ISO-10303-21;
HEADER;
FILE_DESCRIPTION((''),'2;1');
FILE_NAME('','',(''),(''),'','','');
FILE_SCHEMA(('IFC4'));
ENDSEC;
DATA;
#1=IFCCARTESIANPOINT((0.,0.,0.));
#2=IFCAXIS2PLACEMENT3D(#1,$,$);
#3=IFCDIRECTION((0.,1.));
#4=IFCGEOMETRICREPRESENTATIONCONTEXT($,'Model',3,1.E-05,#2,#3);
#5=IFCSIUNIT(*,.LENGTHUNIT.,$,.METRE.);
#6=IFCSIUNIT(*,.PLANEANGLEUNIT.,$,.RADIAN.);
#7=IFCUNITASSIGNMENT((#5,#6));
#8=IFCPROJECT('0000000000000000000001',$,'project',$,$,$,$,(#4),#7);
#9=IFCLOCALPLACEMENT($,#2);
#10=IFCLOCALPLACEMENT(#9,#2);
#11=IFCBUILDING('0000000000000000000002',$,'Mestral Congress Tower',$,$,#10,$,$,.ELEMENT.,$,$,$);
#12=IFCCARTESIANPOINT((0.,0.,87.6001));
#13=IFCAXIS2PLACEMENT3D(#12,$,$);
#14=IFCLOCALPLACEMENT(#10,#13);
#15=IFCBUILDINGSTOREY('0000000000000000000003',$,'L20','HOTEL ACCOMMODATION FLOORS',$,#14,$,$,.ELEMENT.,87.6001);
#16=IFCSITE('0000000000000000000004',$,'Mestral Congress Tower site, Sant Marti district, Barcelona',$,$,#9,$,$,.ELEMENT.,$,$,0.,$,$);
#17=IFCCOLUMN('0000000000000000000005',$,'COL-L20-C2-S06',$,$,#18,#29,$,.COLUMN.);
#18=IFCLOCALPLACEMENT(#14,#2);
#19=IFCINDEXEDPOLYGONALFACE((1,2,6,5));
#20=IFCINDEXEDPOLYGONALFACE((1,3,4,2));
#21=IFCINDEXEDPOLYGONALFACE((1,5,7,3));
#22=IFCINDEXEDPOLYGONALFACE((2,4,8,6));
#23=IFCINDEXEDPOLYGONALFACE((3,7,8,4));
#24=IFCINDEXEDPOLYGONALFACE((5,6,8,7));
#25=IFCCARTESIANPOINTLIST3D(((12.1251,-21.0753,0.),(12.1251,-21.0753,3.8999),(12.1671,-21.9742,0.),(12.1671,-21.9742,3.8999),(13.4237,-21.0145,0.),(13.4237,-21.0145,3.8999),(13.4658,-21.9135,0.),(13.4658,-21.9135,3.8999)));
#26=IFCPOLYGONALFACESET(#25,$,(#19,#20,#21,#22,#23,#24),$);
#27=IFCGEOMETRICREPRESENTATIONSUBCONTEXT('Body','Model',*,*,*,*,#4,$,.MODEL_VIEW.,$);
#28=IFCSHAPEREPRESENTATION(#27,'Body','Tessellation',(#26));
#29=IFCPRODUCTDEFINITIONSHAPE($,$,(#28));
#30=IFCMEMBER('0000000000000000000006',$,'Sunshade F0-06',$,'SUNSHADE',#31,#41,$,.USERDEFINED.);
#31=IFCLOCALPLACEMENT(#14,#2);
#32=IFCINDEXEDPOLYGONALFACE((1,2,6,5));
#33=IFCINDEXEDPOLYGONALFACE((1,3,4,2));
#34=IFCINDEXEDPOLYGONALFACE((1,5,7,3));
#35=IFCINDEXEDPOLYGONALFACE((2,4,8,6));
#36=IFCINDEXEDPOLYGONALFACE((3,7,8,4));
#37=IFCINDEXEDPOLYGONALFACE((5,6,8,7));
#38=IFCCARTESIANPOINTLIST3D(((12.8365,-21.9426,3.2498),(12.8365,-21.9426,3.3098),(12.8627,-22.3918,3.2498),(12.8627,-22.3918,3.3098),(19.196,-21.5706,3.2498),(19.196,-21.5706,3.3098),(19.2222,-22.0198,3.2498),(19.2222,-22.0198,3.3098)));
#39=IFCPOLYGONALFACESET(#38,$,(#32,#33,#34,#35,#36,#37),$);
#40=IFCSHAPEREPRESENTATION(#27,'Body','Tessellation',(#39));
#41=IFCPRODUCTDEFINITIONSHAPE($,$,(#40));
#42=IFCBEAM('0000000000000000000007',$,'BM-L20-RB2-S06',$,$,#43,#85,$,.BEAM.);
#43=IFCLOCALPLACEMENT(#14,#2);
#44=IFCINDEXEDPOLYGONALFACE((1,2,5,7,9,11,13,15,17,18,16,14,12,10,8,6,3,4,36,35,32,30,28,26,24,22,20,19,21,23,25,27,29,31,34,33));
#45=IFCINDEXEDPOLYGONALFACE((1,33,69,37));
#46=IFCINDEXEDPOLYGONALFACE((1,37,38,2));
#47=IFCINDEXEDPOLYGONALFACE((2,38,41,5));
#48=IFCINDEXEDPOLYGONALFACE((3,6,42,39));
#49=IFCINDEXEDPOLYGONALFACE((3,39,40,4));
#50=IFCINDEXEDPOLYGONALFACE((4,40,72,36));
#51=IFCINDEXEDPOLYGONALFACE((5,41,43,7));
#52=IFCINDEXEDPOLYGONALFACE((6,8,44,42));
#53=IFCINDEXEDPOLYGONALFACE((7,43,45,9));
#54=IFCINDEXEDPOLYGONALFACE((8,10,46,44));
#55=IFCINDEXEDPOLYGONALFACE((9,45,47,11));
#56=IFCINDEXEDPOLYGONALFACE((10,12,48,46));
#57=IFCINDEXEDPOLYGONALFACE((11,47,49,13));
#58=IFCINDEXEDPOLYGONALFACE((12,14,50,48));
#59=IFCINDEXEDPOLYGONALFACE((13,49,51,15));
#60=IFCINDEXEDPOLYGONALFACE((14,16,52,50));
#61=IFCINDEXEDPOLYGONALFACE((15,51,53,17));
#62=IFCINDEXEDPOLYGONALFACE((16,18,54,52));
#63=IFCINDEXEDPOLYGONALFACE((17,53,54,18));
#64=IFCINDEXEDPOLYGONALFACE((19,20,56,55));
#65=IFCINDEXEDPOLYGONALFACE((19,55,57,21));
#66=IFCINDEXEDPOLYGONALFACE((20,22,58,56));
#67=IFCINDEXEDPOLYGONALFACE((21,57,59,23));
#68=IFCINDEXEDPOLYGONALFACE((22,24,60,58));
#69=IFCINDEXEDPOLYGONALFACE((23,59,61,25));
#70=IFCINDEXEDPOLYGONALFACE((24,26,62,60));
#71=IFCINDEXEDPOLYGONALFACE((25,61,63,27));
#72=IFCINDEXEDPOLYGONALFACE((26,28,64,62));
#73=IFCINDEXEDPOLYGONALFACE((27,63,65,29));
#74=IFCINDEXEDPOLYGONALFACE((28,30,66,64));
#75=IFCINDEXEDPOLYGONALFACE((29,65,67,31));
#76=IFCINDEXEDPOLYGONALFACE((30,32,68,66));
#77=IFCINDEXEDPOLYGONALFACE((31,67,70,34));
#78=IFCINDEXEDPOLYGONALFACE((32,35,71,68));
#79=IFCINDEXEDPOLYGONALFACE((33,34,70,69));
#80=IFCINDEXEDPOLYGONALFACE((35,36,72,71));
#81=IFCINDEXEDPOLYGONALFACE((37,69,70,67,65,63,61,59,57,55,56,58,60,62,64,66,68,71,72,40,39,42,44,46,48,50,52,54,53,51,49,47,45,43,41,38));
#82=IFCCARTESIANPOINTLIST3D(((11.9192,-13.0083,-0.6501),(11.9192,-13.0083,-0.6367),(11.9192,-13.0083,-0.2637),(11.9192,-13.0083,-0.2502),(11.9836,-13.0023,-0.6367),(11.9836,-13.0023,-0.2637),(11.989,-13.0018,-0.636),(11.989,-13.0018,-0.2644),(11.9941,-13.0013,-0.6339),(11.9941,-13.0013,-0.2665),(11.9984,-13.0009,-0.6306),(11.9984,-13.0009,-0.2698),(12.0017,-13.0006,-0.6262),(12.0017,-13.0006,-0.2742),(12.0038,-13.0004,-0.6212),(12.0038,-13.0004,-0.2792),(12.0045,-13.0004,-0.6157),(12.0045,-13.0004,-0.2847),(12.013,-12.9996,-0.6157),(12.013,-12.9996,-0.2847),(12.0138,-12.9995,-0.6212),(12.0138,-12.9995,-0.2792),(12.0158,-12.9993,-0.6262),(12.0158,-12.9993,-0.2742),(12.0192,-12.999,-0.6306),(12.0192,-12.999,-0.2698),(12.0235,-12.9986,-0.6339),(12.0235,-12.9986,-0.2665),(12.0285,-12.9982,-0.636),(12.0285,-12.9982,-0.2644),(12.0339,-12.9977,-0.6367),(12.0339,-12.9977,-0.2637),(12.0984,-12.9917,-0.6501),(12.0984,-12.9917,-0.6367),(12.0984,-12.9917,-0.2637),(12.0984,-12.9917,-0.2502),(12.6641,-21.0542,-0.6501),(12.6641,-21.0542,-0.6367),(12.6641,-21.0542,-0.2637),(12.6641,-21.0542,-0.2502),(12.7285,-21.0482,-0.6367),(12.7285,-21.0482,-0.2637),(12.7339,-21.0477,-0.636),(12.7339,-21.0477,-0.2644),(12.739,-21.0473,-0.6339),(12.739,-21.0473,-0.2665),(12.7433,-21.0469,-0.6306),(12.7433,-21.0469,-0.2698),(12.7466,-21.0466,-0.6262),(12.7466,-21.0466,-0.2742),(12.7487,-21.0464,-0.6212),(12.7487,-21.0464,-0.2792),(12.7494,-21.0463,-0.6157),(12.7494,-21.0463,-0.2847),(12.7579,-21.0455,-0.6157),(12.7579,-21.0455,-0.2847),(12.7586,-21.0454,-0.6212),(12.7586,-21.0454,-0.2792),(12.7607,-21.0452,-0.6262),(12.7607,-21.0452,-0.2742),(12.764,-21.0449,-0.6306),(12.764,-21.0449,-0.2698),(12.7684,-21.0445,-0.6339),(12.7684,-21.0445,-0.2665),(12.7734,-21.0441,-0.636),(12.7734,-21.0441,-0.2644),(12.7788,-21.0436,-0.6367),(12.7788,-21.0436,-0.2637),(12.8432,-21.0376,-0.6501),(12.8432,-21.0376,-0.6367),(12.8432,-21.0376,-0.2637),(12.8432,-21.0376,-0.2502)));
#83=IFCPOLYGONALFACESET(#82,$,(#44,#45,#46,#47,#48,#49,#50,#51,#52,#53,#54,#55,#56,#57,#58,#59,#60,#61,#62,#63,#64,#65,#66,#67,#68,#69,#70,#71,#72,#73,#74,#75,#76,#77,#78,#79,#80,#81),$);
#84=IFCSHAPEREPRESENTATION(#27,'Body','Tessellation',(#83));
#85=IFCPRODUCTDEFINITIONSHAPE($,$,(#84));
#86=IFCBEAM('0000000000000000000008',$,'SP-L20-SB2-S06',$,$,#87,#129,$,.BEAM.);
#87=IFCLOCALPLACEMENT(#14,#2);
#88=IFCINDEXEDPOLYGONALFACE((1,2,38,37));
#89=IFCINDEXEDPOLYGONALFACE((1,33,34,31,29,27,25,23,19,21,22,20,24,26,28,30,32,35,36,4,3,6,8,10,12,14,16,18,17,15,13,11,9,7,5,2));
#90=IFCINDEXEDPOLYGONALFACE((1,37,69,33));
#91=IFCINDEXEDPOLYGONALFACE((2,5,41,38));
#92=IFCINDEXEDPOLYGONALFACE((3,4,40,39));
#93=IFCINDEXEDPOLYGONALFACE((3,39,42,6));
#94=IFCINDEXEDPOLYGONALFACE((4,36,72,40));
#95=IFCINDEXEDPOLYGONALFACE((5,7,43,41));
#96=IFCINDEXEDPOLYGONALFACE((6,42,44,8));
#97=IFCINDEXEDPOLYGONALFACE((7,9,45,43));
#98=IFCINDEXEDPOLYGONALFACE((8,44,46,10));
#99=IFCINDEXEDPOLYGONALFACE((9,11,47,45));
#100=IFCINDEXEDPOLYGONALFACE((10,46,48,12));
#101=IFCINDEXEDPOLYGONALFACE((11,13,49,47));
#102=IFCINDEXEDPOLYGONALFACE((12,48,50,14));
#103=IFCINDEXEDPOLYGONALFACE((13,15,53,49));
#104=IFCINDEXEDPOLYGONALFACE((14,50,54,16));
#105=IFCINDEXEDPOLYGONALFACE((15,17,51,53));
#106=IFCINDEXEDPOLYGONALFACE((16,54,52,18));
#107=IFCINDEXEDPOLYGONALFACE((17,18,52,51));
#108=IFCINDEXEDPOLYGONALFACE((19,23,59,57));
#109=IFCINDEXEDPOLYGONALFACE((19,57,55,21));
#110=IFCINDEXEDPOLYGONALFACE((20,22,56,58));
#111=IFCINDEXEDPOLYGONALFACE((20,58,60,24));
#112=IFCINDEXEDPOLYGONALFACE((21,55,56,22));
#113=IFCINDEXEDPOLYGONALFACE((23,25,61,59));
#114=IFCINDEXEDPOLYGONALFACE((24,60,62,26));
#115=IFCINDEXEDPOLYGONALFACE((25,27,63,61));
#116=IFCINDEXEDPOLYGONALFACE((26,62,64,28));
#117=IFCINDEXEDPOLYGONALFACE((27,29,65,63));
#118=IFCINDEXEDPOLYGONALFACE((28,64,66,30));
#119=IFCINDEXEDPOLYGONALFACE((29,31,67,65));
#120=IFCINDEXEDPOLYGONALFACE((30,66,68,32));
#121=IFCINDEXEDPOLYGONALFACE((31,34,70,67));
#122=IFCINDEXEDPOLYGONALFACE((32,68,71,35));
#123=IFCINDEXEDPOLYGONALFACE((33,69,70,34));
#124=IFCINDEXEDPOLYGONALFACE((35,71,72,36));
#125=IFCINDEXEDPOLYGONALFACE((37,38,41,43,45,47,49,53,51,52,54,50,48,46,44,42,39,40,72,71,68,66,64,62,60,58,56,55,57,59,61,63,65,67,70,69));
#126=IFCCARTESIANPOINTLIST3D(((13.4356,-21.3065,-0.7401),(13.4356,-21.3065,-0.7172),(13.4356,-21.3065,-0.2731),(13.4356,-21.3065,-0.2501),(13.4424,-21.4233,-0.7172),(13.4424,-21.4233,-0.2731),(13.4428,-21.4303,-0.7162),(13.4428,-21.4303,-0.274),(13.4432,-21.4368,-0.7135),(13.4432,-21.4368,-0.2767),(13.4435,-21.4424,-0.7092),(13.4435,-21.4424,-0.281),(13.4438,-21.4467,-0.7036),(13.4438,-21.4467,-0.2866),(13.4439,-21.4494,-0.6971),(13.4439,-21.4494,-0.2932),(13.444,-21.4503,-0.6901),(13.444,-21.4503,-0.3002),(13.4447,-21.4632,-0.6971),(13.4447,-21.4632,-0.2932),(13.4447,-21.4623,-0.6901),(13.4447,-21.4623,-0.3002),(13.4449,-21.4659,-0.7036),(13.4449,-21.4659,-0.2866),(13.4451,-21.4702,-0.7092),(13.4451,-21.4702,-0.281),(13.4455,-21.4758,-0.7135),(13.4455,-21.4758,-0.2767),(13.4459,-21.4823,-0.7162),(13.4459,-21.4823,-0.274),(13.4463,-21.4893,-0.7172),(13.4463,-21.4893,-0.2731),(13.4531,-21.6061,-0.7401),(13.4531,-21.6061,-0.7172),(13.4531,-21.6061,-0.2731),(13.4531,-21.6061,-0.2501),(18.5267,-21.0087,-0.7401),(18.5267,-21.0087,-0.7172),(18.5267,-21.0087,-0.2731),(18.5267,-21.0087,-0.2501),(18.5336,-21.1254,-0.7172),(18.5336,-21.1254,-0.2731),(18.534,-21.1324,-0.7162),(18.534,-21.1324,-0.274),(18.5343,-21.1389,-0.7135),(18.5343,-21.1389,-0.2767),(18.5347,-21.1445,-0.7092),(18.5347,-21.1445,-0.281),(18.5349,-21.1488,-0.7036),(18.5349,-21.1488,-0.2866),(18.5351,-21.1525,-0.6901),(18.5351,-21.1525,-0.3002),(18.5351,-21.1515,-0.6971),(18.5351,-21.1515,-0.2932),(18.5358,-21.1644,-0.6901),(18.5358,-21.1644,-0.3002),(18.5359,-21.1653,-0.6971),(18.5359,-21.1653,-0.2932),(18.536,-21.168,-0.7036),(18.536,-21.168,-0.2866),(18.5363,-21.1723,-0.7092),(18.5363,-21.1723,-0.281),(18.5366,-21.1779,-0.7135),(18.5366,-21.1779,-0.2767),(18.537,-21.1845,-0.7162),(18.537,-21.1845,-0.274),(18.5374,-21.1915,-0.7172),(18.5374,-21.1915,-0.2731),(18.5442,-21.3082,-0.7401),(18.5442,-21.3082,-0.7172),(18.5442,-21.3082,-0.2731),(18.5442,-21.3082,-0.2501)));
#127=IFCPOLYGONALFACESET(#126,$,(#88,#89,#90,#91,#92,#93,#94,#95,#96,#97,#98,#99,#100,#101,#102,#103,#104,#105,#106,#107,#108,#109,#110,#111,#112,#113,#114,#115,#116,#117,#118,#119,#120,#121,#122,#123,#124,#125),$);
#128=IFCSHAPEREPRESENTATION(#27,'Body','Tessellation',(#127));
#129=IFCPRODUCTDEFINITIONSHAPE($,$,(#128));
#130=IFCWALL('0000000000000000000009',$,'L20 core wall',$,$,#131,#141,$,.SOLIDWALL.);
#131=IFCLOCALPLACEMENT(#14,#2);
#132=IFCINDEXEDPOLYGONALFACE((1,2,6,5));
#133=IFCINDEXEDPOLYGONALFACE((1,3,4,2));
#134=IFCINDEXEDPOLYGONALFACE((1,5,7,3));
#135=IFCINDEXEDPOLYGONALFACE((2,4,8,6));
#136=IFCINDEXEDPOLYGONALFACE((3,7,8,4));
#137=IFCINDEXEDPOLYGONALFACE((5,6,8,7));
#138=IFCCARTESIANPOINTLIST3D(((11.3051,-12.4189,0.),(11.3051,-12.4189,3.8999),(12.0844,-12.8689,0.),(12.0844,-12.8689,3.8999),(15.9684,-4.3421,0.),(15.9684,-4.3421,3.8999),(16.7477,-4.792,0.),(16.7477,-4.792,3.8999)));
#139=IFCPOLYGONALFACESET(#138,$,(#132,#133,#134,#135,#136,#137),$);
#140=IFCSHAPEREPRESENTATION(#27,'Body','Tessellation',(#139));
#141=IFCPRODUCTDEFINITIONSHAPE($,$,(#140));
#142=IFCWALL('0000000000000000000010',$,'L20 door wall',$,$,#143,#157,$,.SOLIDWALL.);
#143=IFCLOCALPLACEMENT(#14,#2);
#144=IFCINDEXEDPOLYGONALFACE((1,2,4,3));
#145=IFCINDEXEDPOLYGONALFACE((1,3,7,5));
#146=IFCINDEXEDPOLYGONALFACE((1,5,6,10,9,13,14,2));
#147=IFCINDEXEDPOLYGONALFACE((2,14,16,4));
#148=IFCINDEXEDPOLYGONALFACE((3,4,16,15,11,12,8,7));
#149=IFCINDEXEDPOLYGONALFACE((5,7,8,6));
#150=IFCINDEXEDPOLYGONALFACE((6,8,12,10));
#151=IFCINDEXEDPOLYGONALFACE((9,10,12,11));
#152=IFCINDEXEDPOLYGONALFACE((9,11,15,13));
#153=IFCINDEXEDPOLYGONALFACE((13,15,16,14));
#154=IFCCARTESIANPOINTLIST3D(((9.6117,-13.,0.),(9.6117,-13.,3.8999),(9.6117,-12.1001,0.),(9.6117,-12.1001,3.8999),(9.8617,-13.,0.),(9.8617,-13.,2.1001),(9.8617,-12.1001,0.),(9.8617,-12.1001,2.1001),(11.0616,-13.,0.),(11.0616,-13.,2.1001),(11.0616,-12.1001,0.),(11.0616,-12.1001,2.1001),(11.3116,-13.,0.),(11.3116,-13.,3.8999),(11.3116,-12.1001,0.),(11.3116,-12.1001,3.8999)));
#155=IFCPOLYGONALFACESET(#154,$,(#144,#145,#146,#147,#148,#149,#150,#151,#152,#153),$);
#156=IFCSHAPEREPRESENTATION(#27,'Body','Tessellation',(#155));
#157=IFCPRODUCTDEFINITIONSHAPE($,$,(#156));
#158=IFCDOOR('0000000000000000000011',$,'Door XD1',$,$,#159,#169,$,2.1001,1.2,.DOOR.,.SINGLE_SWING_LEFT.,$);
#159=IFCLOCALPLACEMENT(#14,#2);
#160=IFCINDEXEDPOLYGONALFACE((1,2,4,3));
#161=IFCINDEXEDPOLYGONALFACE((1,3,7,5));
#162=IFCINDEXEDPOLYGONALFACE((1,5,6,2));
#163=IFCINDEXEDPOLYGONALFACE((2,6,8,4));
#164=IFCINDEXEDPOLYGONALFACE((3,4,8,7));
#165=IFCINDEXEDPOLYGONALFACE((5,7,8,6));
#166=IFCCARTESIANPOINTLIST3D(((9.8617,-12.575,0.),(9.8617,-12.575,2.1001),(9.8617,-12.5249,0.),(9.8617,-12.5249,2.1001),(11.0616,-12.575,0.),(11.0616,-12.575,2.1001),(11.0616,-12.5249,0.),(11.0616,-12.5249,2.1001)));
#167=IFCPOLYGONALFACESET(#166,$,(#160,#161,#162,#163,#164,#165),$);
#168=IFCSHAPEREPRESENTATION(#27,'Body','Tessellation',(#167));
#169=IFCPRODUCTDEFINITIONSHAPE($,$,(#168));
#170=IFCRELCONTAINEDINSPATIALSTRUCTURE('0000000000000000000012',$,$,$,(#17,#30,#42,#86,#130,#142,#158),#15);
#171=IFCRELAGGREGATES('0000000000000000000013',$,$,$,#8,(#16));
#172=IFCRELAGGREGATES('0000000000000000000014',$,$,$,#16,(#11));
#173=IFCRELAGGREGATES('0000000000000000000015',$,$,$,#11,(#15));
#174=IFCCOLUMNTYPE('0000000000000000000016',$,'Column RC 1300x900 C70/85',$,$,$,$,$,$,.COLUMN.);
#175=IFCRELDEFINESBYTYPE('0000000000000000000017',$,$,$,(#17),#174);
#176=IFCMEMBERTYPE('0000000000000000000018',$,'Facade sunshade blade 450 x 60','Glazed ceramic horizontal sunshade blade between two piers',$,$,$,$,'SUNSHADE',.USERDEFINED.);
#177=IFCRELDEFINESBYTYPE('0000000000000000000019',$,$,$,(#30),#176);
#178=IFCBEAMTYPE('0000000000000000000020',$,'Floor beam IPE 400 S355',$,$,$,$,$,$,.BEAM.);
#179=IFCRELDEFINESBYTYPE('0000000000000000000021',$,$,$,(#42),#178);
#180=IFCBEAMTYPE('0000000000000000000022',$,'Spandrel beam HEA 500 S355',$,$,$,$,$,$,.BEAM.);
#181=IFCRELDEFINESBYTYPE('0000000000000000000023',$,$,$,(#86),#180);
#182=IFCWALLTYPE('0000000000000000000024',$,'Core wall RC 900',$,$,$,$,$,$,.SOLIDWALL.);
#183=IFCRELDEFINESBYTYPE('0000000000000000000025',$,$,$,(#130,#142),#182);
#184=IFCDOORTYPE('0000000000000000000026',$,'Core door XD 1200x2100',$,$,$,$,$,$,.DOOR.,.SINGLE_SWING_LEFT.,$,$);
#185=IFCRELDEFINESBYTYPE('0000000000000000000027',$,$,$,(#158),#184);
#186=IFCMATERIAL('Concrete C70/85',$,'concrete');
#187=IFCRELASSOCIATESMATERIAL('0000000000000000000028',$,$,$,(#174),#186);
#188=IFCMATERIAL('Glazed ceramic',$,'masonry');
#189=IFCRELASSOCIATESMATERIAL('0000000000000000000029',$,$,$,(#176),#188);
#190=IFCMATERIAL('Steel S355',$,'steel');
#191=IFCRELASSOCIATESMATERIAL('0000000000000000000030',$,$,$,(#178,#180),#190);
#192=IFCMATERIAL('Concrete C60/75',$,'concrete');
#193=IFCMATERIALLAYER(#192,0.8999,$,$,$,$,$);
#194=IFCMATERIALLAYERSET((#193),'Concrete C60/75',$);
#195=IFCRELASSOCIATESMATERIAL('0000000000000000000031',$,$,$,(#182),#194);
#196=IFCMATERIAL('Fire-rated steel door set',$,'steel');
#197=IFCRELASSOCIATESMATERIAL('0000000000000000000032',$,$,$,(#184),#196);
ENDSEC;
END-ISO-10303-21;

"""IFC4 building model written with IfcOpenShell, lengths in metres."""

from ifc_helpers import new_model, si_unit, direction, frame, frame_2d, origin, origin_2d, place, context, subcontext, project, spatial, rectangle, i_section, extrude, material, layer, layer_set, material_profile, profile_set, type_object, element, fill, save


model = new_model("IFC4")

# Units and contexts
model_context = context("Model", 3, precision=1e-05, world=origin(), true_north=direction((0.0, 1.0)))
body_context = subcontext(model_context, "Body", "Model", "MODEL_VIEW")
ifc_project = project(units=[si_unit("LENGTHUNIT", "METRE"), si_unit("PLANEANGLEUNIT", "RADIAN")], contexts=[model_context])

# Site, building, storey
site_placement = place(None, origin())
site = spatial("IfcSite", under=ifc_project, at=site_placement, Name="Mestral Congress Tower site, Sant Marti district, Barcelona", CompositionType="ELEMENT", RefElevation=0.0)
building_placement = place(site_placement, origin())
building = spatial("IfcBuilding", under=site, at=building_placement, Name="Mestral Congress Tower", CompositionType="ELEMENT")
storey_placement = place(building_placement, frame((0.0, 0.0, 87.6001)))
storey = spatial("IfcBuildingStorey", under=building, at=storey_placement, Name="L20", Description="HOTEL ACCOMMODATION FLOORS", CompositionType="ELEMENT", Elevation=87.6001)

# Column
ifc_material_1 = material(Name="Concrete C70/85", Category="concrete")
ifc_material_profile_1 = material_profile(ifc_material_1, rectangle(XDim=1.3, YDim=0.8999, at=origin_2d()), Name="RC 1300x900")
ifc_profile_set_1 = profile_set([ifc_material_profile_1], Name="Concrete C70/85")
column_type = type_object("IfcColumnType", Name="Column RC 1300x900 C70/85", PredefinedType="COLUMN", material=ifc_profile_set_1)
column_placement = place(storey_placement, frame((12.7954, -21.4944, 0.0), z_axis=(0.0, 0.0, 1.0), x_axis=(0.998906, 0.046756, 0.0)))
element("IfcColumn", 1, at=column_placement, inside=storey, type_object=column_type, Name="COL-L20-C2-S06", PredefinedType="COLUMN", context=body_context, shape_type="SweptSolid", body=[
    extrude(rectangle(XDim=1.3, YDim=0.8999, at=origin_2d()), origin(), (0.0, 0.0, 1.0), 3.8999),
])

# Member
ifc_material_2 = material(Name="Glazed ceramic", Category="masonry")
ifc_material_profile_2 = material_profile(ifc_material_2, rectangle(XDim=0.45, YDim=0.0601, at=origin_2d()), Name="Ceramic blade 450 x 60")
ifc_profile_set_2 = profile_set([ifc_material_profile_2], Name="Glazed ceramic")
member_type = type_object("IfcMemberType", Name="Facade sunshade blade 450 x 60", Description="Glazed ceramic horizontal sunshade blade between two piers", ElementType="SUNSHADE", PredefinedType="USERDEFINED", material=ifc_profile_set_2)
member_placement = place(storey_placement, frame((12.8496, -22.1672, 3.2798), z_axis=(0.998293, 0.058407, 0.0), x_axis=(-0.058407, 0.998293, 0.0)))
element("IfcMember", 2, at=member_placement, inside=storey, type_object=member_type, Name="Sunshade F0-06", ObjectType="SUNSHADE", PredefinedType="USERDEFINED", context=body_context, shape_type="SweptSolid", body=[
    extrude(rectangle(XDim=0.45, YDim=0.0601, at=origin_2d()), origin(), (0.0, 0.0, 1.0), 6.3704),
])

# Beams
ifc_material_3 = material(Name="Steel S355", Category="steel")
ifc_material_profile_3 = material_profile(ifc_material_3, i_section(OverallWidth=0.1799, OverallDepth=0.3999, WebThickness=0.0085, FlangeThickness=0.0134, FilletRadius=0.021, at=origin_2d()), Name="IPE 400")
ifc_profile_set_3 = profile_set([ifc_material_profile_3], Name="Steel S355")
beam_type_1 = type_object("IfcBeamType", Name="Floor beam IPE 400 S355", PredefinedType="BEAM", material=ifc_profile_set_3)
beam_1_placement = place(storey_placement, frame((12.7537, -21.0459, -0.4502), z_axis=(-0.092184, 0.995742, 0.0), x_axis=(-0.995742, -0.092184, 0.0)))
element("IfcBeam", 3, at=beam_1_placement, inside=storey, type_object=beam_type_1, Name="BM-L20-RB2-S06", PredefinedType="BEAM", context=body_context, shape_type="SweptSolid", body=[
    extrude(i_section(OverallWidth=0.1799, OverallDepth=0.3999, WebThickness=0.0085, FlangeThickness=0.0134, FilletRadius=0.021, at=origin_2d()), origin(), (0.0, 0.0, 1.0), 8.0803),
])
ifc_material_profile_4 = material_profile(ifc_material_3, i_section(OverallWidth=0.3, OverallDepth=0.49, WebThickness=0.012, FlangeThickness=0.0229, FilletRadius=0.0271, at=origin_2d()), Name="HEA 500")
ifc_profile_set_4 = profile_set([ifc_material_profile_4], Name="Steel S355")
beam_type_2 = type_object("IfcBeamType", Name="Spandrel beam HEA 500 S355", PredefinedType="BEAM", material=ifc_profile_set_4)
beam_2_placement = place(storey_placement, frame((13.4443, -21.4563, -0.4951), z_axis=(0.998293, 0.058405, 0.0), x_axis=(-0.058405, 0.998293, 0.0)))
element("IfcBeam", 4, at=beam_2_placement, inside=storey, type_object=beam_type_2, Name="SP-L20-SB2-S06", PredefinedType="BEAM", context=body_context, shape_type="SweptSolid", body=[
    extrude(i_section(OverallWidth=0.3, OverallDepth=0.49, WebThickness=0.012, FlangeThickness=0.0229, FilletRadius=0.0271, at=origin_2d()), origin(), (0.0, 0.0, 1.0), 5.0999),
])

# Wall
ifc_material_4 = material(Name="Concrete C60/75", Category="concrete")
ifc_layer_1 = layer(ifc_material_4, 0.8999)
ifc_layer_set_1 = layer_set([ifc_layer_1], Name="Concrete C60/75")
wall_type_1 = type_object("IfcWallType", Name="Core wall RC 900", PredefinedType="SOLIDWALL", material=ifc_layer_set_1)
wall_1_placement = place(storey_placement, frame((11.6948, -12.6438, 0.0), z_axis=(0.0, 0.0, 1.0), x_axis=(0.50001, 0.866019, 0.0)))
element("IfcWall", 5, at=wall_1_placement, inside=storey, type_object=wall_type_1, Name="L20 core wall", PredefinedType="SOLIDWALL", context=body_context, shape_type="SweptSolid", body=[
    extrude(rectangle(XDim=9.3264, YDim=0.8999, at=frame_2d((4.6631, 0.0))), origin(), (0.0, 0.0, 1.0), 3.8999),
])

# Wall, opening, door
wall_2_placement = place(storey_placement, frame((11.3118, -12.55, 0.0), z_axis=(0.0, 0.0, 1.0), x_axis=(-1.0, 0.0, 0.0)))
wall_2 = element("IfcWall", 6, at=wall_2_placement, inside=storey, type_object=wall_type_1, Name="L20 door wall", PredefinedType="SOLIDWALL", context=body_context, shape_type="SweptSolid", body=[
    extrude(rectangle(XDim=1.7, YDim=0.8999, at=frame_2d((0.8501, 0.0))), origin(), (0.0, 0.0, 1.0), 3.8999),
])
opening_1_placement = place(wall_2_placement, frame((0.25, 0.0, 0.0)))
opening_1 = element("IfcOpeningElement", 7, at=opening_1_placement, cuts=wall_2, PredefinedType="OPENING", context=body_context, shape_type="SweptSolid", body=[
    extrude(rectangle(XDim=1.2, YDim=2.1001, at=frame_2d((0.6001, 1.05))), frame((0.0, 0.46, 0.0), z_axis=(0.0, -1.0, 0.0), x_axis=(1.0, 0.0, 0.0)), (0.0, 0.0, 1.0), 0.9199),
])
ifc_material_5 = material(Name="Fire-rated steel door set", Category="steel")
door_type_1 = type_object("IfcDoorType", Name="Core door XD 1200x2100", OperationType="SINGLE_SWING_LEFT", PredefinedType="DOOR", material=ifc_material_5)
door_1_placement = place(opening_1_placement, origin())
door_1 = element("IfcDoor", 8, at=door_1_placement, inside=storey, type_object=door_type_1, Name="Door XD1", OperationType="SINGLE_SWING_LEFT", OverallHeight=2.1001, OverallWidth=1.2, PredefinedType="DOOR", context=body_context, shape_type="SweptSolid", body=[
    extrude(rectangle(XDim=1.2, YDim=2.1001, at=frame_2d((0.6001, 1.05))), frame((0.0, 0.0249, 0.0), z_axis=(0.0, -1.0, 0.0), x_axis=(1.0, 0.0, 0.0)), (0.0, 0.0, 1.0), 0.05),
])
fill(opening_1, door_1)

save(model, "model.ifc")
